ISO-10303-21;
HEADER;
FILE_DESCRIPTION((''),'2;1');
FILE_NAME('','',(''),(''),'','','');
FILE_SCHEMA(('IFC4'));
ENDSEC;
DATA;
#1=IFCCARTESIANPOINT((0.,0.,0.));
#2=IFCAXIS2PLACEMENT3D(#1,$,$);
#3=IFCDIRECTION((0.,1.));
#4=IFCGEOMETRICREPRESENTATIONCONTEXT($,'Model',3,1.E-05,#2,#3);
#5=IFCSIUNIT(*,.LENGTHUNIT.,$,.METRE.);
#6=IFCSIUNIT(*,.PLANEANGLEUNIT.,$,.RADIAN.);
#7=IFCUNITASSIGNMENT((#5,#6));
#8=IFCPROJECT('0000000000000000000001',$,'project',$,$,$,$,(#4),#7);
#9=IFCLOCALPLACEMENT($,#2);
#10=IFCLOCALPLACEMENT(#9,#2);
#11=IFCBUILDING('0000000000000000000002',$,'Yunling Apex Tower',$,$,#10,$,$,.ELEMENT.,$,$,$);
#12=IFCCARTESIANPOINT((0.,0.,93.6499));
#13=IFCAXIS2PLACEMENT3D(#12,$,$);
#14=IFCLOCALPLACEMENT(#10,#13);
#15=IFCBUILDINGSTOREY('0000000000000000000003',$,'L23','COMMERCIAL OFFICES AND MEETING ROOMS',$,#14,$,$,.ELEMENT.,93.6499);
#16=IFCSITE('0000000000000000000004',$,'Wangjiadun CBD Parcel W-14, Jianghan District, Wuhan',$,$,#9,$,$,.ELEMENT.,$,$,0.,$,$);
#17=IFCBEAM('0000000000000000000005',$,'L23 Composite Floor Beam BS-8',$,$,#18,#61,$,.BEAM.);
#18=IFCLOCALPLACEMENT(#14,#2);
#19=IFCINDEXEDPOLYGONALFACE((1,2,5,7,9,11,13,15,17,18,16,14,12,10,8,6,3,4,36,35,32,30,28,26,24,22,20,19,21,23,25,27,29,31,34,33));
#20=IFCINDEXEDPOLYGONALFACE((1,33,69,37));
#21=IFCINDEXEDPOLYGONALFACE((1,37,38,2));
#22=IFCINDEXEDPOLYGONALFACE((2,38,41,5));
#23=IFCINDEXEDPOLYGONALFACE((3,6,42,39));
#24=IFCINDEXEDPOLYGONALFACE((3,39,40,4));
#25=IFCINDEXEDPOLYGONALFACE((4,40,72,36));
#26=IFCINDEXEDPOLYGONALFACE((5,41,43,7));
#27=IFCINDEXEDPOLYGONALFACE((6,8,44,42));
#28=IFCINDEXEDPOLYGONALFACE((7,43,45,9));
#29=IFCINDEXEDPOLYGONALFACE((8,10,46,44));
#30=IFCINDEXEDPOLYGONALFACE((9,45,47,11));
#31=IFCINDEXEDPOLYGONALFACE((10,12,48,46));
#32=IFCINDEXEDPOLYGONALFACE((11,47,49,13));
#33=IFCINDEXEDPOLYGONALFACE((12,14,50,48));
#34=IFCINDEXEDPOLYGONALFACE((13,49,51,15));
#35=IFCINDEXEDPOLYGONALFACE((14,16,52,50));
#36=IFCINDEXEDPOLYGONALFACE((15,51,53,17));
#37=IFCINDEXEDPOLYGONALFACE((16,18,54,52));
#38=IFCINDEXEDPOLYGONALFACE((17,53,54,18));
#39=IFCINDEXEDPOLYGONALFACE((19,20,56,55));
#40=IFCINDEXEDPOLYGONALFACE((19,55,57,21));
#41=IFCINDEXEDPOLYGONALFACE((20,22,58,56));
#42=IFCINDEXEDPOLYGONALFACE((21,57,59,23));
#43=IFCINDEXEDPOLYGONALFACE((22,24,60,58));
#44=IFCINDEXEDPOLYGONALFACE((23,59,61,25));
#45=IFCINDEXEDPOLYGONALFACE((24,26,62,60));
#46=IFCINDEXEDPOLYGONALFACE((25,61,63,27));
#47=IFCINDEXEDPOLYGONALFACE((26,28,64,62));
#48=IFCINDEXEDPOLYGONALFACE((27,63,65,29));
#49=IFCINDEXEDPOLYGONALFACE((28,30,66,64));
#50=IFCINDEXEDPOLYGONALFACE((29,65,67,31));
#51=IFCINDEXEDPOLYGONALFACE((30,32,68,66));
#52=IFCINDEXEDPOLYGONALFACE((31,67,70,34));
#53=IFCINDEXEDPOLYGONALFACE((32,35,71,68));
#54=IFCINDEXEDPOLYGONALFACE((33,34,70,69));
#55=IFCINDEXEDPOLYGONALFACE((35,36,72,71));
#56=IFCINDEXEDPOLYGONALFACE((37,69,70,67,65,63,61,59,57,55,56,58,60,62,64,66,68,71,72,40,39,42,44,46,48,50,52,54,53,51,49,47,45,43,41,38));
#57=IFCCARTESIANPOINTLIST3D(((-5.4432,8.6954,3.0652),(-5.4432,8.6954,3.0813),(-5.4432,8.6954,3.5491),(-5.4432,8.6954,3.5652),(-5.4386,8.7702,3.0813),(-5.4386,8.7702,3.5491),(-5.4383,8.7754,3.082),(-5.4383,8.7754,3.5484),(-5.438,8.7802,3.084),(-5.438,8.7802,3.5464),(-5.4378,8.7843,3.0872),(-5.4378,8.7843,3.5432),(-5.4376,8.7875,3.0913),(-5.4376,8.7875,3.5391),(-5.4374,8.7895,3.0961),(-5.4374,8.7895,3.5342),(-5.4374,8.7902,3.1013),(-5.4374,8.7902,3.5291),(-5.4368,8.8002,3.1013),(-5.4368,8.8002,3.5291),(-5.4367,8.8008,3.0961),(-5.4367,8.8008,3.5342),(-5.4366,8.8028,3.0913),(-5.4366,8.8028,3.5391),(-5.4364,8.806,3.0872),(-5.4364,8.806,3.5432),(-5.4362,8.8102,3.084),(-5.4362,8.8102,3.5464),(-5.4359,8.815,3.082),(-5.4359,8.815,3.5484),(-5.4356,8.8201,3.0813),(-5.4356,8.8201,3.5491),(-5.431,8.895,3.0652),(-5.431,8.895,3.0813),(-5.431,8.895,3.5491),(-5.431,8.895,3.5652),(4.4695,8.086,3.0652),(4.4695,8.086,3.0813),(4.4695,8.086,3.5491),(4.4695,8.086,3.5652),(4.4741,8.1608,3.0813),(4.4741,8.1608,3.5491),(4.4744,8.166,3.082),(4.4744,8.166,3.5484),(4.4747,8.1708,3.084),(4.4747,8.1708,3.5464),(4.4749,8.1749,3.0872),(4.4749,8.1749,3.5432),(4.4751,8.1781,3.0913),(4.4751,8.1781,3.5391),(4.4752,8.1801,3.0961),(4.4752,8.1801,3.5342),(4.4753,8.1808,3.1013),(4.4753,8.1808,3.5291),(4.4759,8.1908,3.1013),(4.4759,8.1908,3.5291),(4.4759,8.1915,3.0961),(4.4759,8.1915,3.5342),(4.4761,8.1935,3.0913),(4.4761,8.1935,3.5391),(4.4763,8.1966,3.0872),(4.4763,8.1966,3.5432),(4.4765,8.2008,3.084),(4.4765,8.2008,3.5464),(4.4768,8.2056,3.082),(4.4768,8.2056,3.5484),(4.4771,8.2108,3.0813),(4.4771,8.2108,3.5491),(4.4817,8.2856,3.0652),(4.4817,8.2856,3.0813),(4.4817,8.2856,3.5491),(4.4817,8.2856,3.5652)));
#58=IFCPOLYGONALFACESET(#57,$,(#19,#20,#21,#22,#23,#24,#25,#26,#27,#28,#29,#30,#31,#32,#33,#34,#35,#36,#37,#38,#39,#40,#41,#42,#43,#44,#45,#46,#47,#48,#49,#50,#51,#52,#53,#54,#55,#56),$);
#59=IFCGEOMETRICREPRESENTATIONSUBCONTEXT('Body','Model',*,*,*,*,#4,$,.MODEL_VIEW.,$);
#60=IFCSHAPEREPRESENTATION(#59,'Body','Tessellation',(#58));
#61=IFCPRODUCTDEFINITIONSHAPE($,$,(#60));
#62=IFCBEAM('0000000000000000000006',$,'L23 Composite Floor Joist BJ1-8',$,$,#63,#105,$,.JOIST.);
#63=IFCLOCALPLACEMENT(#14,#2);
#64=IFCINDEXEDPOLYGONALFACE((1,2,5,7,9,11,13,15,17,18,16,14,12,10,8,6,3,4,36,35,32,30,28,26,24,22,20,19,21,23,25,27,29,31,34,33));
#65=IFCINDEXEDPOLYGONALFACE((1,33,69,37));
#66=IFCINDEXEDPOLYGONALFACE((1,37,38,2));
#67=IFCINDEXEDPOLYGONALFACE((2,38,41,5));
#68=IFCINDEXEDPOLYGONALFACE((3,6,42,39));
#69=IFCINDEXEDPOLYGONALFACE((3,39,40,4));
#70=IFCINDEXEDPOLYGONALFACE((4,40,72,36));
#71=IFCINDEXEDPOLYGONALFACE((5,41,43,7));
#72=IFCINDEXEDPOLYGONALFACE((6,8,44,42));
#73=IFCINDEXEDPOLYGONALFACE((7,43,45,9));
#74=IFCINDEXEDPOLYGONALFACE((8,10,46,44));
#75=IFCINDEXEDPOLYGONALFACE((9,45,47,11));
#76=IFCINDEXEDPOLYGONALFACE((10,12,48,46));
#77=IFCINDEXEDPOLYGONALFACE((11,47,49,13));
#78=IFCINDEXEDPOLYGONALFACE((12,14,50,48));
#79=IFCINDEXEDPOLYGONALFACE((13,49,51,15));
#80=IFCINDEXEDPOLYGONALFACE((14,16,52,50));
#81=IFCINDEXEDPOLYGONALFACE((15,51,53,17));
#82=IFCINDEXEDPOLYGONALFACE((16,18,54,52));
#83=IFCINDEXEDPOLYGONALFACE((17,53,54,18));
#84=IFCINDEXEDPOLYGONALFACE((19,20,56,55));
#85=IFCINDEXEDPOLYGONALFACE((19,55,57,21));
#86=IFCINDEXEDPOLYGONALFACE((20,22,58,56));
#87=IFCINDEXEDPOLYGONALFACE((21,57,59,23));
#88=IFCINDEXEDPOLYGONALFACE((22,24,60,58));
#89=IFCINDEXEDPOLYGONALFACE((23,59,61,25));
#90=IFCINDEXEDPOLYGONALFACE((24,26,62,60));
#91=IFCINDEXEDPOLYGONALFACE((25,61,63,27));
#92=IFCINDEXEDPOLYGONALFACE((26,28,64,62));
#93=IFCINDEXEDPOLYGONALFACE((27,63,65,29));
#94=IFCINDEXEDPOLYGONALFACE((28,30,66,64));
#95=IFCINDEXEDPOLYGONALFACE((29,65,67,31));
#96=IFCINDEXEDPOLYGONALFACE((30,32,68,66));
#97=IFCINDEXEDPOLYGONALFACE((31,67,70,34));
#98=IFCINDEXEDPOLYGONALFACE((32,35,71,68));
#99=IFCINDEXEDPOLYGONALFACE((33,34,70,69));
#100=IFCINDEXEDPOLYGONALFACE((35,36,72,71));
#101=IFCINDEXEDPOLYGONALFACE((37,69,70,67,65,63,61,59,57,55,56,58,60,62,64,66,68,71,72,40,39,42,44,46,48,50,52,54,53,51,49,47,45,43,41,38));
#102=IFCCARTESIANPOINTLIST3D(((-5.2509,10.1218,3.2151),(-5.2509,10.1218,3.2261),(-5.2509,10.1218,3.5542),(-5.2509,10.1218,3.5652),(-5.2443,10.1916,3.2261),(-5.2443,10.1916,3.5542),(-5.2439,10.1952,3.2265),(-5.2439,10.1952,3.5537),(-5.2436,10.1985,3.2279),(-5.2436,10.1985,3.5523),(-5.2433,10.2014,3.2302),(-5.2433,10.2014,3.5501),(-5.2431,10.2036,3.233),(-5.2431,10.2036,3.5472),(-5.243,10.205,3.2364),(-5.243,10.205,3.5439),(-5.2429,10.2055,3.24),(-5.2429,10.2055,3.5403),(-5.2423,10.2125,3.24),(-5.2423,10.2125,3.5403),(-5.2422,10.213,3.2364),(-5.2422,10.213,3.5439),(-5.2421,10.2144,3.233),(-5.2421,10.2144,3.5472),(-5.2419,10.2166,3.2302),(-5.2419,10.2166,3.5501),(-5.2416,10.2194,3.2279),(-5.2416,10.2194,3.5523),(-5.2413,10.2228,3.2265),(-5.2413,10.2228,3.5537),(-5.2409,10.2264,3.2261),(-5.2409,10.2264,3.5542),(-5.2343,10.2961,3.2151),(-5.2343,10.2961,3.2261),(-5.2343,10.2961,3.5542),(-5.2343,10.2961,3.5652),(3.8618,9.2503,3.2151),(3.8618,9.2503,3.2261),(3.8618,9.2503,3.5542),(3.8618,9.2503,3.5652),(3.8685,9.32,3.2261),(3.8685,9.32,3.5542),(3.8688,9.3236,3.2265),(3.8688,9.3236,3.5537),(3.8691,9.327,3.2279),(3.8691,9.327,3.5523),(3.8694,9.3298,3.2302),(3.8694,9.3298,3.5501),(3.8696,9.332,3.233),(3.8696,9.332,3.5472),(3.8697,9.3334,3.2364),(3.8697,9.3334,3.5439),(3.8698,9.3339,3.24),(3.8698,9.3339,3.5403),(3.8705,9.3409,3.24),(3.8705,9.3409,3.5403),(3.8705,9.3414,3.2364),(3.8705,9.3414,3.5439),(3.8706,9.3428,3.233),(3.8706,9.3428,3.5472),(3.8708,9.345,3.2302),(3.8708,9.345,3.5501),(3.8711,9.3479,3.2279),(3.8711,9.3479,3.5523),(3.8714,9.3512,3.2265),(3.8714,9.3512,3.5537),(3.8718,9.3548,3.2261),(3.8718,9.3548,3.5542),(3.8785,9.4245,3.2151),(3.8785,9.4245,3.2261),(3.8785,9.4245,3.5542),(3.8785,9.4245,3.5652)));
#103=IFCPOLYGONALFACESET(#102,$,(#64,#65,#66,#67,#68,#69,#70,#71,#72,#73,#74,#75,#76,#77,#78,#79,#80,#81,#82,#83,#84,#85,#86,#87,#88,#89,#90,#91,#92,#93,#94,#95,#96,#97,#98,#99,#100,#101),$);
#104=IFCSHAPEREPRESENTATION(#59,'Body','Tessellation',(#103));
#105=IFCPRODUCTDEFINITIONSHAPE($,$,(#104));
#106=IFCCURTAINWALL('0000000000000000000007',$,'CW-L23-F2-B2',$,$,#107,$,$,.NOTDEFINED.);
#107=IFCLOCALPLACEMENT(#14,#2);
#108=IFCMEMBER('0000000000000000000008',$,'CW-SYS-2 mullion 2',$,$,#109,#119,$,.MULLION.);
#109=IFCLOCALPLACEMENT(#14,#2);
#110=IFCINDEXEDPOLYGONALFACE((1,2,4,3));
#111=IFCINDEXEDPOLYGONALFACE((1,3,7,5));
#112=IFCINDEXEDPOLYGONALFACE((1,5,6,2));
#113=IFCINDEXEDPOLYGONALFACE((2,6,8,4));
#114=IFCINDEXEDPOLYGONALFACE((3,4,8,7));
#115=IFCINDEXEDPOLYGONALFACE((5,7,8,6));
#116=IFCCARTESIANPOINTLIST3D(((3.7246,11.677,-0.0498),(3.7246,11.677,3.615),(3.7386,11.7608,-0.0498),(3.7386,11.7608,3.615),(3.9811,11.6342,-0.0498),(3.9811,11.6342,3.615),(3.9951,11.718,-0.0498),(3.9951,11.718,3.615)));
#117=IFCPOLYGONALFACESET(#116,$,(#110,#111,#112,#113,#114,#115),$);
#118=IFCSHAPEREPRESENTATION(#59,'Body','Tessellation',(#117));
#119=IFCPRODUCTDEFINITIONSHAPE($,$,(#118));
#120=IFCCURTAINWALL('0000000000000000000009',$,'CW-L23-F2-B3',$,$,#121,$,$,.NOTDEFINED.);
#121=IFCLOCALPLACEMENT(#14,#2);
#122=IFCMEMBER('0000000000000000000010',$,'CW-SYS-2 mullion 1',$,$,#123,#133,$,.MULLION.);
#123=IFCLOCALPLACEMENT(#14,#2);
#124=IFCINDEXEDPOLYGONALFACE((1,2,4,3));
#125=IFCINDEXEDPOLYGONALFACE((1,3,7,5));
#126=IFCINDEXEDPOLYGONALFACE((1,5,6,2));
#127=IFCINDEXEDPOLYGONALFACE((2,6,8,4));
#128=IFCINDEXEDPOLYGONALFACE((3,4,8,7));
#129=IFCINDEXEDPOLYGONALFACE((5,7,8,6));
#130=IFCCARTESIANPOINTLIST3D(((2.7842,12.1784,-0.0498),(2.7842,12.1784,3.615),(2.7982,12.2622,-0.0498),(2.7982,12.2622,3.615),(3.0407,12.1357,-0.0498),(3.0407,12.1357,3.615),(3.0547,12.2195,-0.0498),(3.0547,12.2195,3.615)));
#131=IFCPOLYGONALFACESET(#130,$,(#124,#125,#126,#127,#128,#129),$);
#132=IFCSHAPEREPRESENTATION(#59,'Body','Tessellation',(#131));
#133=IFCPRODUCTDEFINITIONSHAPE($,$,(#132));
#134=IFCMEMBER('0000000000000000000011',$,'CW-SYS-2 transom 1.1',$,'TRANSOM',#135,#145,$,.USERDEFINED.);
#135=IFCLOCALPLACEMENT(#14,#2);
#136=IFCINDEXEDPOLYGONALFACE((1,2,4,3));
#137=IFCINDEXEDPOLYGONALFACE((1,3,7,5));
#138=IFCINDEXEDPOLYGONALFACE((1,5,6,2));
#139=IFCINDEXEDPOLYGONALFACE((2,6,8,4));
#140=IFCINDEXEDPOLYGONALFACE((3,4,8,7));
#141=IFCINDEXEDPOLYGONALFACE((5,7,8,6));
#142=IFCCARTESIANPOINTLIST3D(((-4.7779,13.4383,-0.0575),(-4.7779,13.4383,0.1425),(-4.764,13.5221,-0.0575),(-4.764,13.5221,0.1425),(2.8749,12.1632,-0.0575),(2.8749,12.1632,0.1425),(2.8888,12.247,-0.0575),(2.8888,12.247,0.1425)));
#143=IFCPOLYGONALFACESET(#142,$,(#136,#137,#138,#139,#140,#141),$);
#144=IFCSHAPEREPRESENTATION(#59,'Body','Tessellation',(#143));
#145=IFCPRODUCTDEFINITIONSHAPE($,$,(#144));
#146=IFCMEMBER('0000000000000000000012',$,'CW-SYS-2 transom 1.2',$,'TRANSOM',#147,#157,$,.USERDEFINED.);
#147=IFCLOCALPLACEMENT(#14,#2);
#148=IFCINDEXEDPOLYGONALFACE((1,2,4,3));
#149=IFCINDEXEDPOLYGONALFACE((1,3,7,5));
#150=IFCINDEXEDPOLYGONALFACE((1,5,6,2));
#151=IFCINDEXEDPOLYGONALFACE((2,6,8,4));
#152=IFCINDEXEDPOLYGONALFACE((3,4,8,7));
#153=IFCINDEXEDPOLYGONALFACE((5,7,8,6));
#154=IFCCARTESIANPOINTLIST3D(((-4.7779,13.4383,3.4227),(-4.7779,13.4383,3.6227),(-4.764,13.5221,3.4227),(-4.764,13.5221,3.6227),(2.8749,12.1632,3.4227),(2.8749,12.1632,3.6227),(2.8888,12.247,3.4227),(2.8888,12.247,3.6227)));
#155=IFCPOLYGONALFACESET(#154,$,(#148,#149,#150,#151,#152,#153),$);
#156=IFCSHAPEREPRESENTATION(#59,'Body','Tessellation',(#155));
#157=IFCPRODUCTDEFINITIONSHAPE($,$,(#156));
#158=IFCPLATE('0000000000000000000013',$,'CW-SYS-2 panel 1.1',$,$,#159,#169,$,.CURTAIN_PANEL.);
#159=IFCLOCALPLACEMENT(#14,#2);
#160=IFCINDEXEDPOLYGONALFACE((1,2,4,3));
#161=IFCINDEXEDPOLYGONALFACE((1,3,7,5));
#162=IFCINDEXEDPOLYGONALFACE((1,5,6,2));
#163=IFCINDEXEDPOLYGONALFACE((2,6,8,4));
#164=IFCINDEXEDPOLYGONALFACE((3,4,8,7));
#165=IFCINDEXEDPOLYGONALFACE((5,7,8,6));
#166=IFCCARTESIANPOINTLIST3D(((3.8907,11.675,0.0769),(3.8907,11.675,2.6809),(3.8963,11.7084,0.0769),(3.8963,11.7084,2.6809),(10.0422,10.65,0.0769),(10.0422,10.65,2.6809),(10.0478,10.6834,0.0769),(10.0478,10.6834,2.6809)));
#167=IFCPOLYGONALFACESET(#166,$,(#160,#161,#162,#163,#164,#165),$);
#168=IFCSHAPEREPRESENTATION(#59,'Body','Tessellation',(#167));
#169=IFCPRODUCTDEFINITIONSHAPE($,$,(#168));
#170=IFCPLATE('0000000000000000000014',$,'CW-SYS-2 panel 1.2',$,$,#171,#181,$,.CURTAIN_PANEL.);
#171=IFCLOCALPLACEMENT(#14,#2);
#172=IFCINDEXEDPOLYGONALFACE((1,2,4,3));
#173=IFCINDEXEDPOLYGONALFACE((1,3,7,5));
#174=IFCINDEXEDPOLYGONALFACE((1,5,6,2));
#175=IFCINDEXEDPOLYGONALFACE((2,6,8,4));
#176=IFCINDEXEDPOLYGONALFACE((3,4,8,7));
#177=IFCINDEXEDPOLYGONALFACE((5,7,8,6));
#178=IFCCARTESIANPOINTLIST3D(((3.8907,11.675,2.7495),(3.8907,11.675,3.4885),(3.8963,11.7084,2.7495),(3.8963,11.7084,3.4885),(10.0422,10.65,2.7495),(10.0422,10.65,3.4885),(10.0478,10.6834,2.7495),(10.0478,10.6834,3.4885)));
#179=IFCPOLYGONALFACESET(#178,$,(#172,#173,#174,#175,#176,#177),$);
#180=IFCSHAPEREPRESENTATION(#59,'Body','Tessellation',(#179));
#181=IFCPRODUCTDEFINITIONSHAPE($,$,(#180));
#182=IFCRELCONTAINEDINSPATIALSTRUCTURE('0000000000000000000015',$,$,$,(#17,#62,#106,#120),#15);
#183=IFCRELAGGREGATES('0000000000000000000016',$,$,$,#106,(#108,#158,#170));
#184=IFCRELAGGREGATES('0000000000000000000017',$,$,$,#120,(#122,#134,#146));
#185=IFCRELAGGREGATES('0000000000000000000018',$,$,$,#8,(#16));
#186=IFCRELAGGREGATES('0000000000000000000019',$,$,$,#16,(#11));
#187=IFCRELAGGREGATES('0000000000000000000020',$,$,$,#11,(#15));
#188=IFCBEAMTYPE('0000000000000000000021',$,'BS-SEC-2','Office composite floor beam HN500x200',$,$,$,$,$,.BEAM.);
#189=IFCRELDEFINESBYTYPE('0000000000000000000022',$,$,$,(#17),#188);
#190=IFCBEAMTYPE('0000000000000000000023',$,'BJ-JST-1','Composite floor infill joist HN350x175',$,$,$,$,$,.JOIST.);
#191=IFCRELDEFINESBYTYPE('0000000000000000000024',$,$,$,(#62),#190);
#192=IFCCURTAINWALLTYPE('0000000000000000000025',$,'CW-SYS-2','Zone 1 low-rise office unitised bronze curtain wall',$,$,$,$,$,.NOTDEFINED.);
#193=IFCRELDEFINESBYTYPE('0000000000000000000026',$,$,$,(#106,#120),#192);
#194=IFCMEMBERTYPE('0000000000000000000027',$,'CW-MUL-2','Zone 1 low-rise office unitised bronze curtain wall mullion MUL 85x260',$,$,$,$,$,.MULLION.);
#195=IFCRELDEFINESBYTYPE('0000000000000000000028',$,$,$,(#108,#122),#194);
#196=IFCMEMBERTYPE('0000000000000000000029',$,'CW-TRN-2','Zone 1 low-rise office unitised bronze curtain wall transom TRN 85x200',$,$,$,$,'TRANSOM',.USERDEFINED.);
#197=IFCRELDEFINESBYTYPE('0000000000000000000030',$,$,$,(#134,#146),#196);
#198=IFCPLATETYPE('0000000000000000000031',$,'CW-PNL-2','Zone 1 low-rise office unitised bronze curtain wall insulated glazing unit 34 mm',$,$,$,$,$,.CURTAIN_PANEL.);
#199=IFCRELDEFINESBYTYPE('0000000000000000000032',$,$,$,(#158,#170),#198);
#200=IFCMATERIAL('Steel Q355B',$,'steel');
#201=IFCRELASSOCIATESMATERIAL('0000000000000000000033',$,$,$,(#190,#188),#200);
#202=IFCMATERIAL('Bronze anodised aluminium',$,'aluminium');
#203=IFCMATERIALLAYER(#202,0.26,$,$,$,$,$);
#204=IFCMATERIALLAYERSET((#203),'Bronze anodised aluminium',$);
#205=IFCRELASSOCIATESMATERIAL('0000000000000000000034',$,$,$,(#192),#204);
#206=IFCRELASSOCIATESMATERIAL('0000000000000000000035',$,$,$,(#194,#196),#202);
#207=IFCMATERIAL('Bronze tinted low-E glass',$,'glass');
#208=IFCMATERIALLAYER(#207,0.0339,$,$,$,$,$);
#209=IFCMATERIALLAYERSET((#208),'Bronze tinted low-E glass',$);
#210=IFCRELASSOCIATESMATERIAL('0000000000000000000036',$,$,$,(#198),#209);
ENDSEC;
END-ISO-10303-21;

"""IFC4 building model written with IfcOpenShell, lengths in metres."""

from ifc_helpers import new_model, si_unit, direction, frame, origin, origin_2d, place, context, subcontext, project, spatial, rectangle, i_section, extrude, source, transform, mapped, material, layer, layer_set, material_profile, profile_set, type_object, element, aggregate, save


model = new_model("IFC4")

# Units and contexts
model_context = context("Model", 3, precision=1e-05, world=origin(), true_north=direction((0.0, 1.0)))
body_context = subcontext(model_context, "Body", "Model", "MODEL_VIEW")
ifc_project = project(units=[si_unit("LENGTHUNIT", "METRE"), si_unit("PLANEANGLEUNIT", "RADIAN")], contexts=[model_context])

# Site, building, storey
site_placement = place(None, origin())
site = spatial("IfcSite", under=ifc_project, at=site_placement, Name="Wangjiadun CBD Parcel W-14, Jianghan District, Wuhan", CompositionType="ELEMENT", RefElevation=0.0)
building_placement = place(site_placement, origin())
building = spatial("IfcBuilding", under=site, at=building_placement, Name="Yunling Apex Tower", CompositionType="ELEMENT")
storey_placement = place(building_placement, frame((0.0, 0.0, 93.6499)))
storey = spatial("IfcBuildingStorey", under=building, at=storey_placement, Name="L23", Description="COMMERCIAL OFFICES AND MEETING ROOMS", CompositionType="ELEMENT", Elevation=93.6499)

# Beams
ifc_material_1 = material(Name="Steel Q355B", Category="steel")
ifc_material_profile_1 = material_profile(ifc_material_1, i_section(OverallWidth=0.175, OverallDepth=0.3501, WebThickness=0.0071, FlangeThickness=0.011, FilletRadius=0.0139, at=origin_2d()))
ifc_profile_set_1 = profile_set([ifc_material_profile_1], Name="Steel Q355B")
beam_type_1 = type_object("IfcBeamType", Name="BJ-JST-1", Description="Composite floor infill joist HN350x175", PredefinedType="JOIST", material=ifc_profile_set_1)
ifc_material_profile_2 = material_profile(ifc_material_1, i_section(OverallWidth=0.2, OverallDepth=0.5, WebThickness=0.01, FlangeThickness=0.0161, FilletRadius=0.02, at=origin_2d()))
ifc_profile_set_2 = profile_set([ifc_material_profile_2], Name="Steel Q355B")
beam_type_2 = type_object("IfcBeamType", Name="BS-SEC-2", Description="Office composite floor beam HN500x200", PredefinedType="BEAM", material=ifc_profile_set_2)
shared_shape_1 = source(origin(), body_context, "Body", "SweptSolid", [
    extrude(i_section(OverallWidth=0.2, OverallDepth=0.5, WebThickness=0.01, FlangeThickness=0.0161, FilletRadius=0.02, at=origin_2d()), origin(), (0.0, 0.0, 1.0), 9.9314),
])
beam_1_placement = place(storey_placement, frame((4.4756, 8.1858, 3.3152), z_axis=(-0.998116, 0.061359, 0.0), x_axis=(-0.061359, -0.998116, 0.0)))
element("IfcBeam", 1, at=beam_1_placement, inside=storey, type_object=beam_type_2, Name="L23 Composite Floor Beam BS-8", PredefinedType="BEAM", context=body_context, shape_type="MappedRepresentation", body=[
    mapped(shared_shape_1, transform((0.0, 0.0, 0.0), scale=1.0)),
])
shared_shape_2 = source(origin(), body_context, "Body", "SweptSolid", [
    extrude(i_section(OverallWidth=0.175, OverallDepth=0.3501, WebThickness=0.0071, FlangeThickness=0.011, FilletRadius=0.0139, at=origin_2d()), origin(), (0.0, 0.0, 1.0), 9.1543),
])
beam_2_placement = place(storey_placement, frame((3.8701, 9.3374, 3.3901), z_axis=(-0.995457, 0.095209, 0.0), x_axis=(-0.095209, -0.995457, 0.0)))
element("IfcBeam", 2, at=beam_2_placement, inside=storey, type_object=beam_type_1, Name="L23 Composite Floor Joist BJ1-8", PredefinedType="JOIST", context=body_context, shape_type="MappedRepresentation", body=[
    mapped(shared_shape_2, transform((0.0, 0.0, 0.0), scale=1.0)),
])

# Curtain wall, member
ifc_material_2 = material(Name="Bronze anodised aluminium", Category="aluminium")
ifc_layer_1 = layer(ifc_material_2, 0.26)
ifc_layer_set_1 = layer_set([ifc_layer_1], Name="Bronze anodised aluminium")
curtain_wall_type = type_object("IfcCurtainWallType", Name="CW-SYS-2", Description="Zone 1 low-rise office unitised bronze curtain wall", PredefinedType="NOTDEFINED", material=ifc_layer_set_1)
curtain_wall_1_placement = place(storey_placement, origin())
curtain_wall_1 = element("IfcCurtainWall", 3, at=curtain_wall_1_placement, inside=storey, type_object=curtain_wall_type, Name="CW-L23-F2-B2", PredefinedType="NOTDEFINED")
ifc_material_profile_3 = material_profile(ifc_material_2, rectangle(XDim=0.085, YDim=0.26, at=origin_2d()))
ifc_profile_set_3 = profile_set([ifc_material_profile_3], Name="Bronze anodised aluminium")
member_type_1 = type_object("IfcMemberType", Name="CW-MUL-2", Description="Zone 1 low-rise office unitised bronze curtain wall mullion MUL 85x260", PredefinedType="MULLION", material=ifc_profile_set_3)
shared_shape_3 = source(origin(), body_context, "Body", "SweptSolid", [
    extrude(rectangle(XDim=0.085, YDim=0.26, at=origin_2d()), origin(), (0.0, 0.0, 1.0), 3.6648),
])
member_1_placement = place(storey_placement, frame((3.8599, 11.6975, -0.0498), z_axis=(0.0, 0.0, 1.0), x_axis=(-0.164356, -0.986401, 0.0)))
member_1 = element("IfcMember", 4, at=member_1_placement, type_object=member_type_1, Name="CW-SYS-2 mullion 2", PredefinedType="MULLION", context=body_context, shape_type="MappedRepresentation", body=[
    mapped(shared_shape_3, transform((0.0, 0.0, 0.0), scale=1.0)),
])

# Curtain wall, members
curtain_wall_2_placement = place(storey_placement, origin())
curtain_wall_2 = element("IfcCurtainWall", 5, at=curtain_wall_2_placement, inside=storey, type_object=curtain_wall_type, Name="CW-L23-F2-B3", PredefinedType="NOTDEFINED")
member_2_placement = place(storey_placement, frame((2.9194, 12.199, -0.0498), z_axis=(0.0, 0.0, 1.0), x_axis=(-0.164362, -0.9864, 0.0)))
member_2 = element("IfcMember", 6, at=member_2_placement, type_object=member_type_1, Name="CW-SYS-2 mullion 1", PredefinedType="MULLION", context=body_context, shape_type="MappedRepresentation", body=[
    mapped(shared_shape_3, transform((0.0, 0.0, 0.0), scale=1.0)),
])
ifc_material_profile_4 = material_profile(ifc_material_2, rectangle(XDim=0.085, YDim=0.2, at=origin_2d()))
ifc_profile_set_4 = profile_set([ifc_material_profile_4], Name="Bronze anodised aluminium")
member_type_2 = type_object("IfcMemberType", Name="CW-TRN-2", Description="Zone 1 low-rise office unitised bronze curtain wall transom TRN 85x200", ElementType="TRANSOM", PredefinedType="USERDEFINED", material=ifc_profile_set_4)
shared_shape_4 = source(origin(), body_context, "Body", "SweptSolid", [
    extrude(rectangle(XDim=0.085, YDim=0.2, at=origin_2d()), origin(), (0.0, 0.0, 1.0), 7.7583),
])
member_3_placement = place(storey_placement, frame((2.8818, 12.2051, 0.0425), z_axis=(-0.986401, 0.164358, 0.0), x_axis=(-0.164358, -0.986401, 0.0)))
member_3 = element("IfcMember", 7, at=member_3_placement, type_object=member_type_2, Name="CW-SYS-2 transom 1.1", ObjectType="TRANSOM", PredefinedType="USERDEFINED", context=body_context, shape_type="MappedRepresentation", body=[
    mapped(shared_shape_4, transform((0.0, 0.0, 0.0), scale=1.0)),
])
member_4_placement = place(storey_placement, frame((2.8818, 12.2051, 3.5227), z_axis=(-0.986401, 0.164358, 0.0), x_axis=(-0.164358, -0.986401, 0.0)))
member_4 = element("IfcMember", 8, at=member_4_placement, type_object=member_type_2, Name="CW-SYS-2 transom 1.2", ObjectType="TRANSOM", PredefinedType="USERDEFINED", context=body_context, shape_type="MappedRepresentation", body=[
    mapped(shared_shape_4, transform((0.0, 0.0, 0.0), scale=1.0)),
])

# Plates
ifc_material_3 = material(Name="Bronze tinted low-E glass", Category="glass")
ifc_layer_2 = layer(ifc_material_3, 0.0339)
ifc_layer_set_2 = layer_set([ifc_layer_2], Name="Bronze tinted low-E glass")
plate_type = type_object("IfcPlateType", Name="CW-PNL-2", Description="Zone 1 low-rise office unitised bronze curtain wall insulated glazing unit 34 mm", PredefinedType="CURTAIN_PANEL", material=ifc_layer_set_2)
shared_shape_5 = source(origin(), body_context, "Body", "SweptSolid", [
    extrude(rectangle(XDim=6.2363, YDim=0.0339, at=origin_2d()), origin(), (0.0, 0.0, 1.0), 2.604),
])
plate_1_placement = place(storey_placement, frame((6.9692, 11.1792, 0.0769), z_axis=(0.0, 0.0, 1.0), x_axis=(-0.986401, 0.164356, 0.0)))
plate_1 = element("IfcPlate", 9, at=plate_1_placement, type_object=plate_type, Name="CW-SYS-2 panel 1.1", PredefinedType="CURTAIN_PANEL", context=body_context, shape_type="MappedRepresentation", body=[
    mapped(shared_shape_5, transform((0.0, 0.0, 0.0), scale=1.0)),
])
shared_shape_6 = source(origin(), body_context, "Body", "SweptSolid", [
    extrude(rectangle(XDim=6.2363, YDim=0.0339, at=origin_2d()), origin(), (0.0, 0.0, 1.0), 0.739),
])
plate_2_placement = place(storey_placement, frame((6.9692, 11.1792, 2.7495), z_axis=(0.0, 0.0, 1.0), x_axis=(-0.986401, 0.164356, 0.0)))
plate_2 = element("IfcPlate", 10, at=plate_2_placement, type_object=plate_type, Name="CW-SYS-2 panel 1.2", PredefinedType="CURTAIN_PANEL", context=body_context, shape_type="MappedRepresentation", body=[
    mapped(shared_shape_6, transform((0.0, 0.0, 0.0), scale=1.0)),
])
aggregate(curtain_wall_1, [member_1, plate_1, plate_2])
aggregate(curtain_wall_2, [member_2, member_3, member_4])

save(model, "model.ifc")
